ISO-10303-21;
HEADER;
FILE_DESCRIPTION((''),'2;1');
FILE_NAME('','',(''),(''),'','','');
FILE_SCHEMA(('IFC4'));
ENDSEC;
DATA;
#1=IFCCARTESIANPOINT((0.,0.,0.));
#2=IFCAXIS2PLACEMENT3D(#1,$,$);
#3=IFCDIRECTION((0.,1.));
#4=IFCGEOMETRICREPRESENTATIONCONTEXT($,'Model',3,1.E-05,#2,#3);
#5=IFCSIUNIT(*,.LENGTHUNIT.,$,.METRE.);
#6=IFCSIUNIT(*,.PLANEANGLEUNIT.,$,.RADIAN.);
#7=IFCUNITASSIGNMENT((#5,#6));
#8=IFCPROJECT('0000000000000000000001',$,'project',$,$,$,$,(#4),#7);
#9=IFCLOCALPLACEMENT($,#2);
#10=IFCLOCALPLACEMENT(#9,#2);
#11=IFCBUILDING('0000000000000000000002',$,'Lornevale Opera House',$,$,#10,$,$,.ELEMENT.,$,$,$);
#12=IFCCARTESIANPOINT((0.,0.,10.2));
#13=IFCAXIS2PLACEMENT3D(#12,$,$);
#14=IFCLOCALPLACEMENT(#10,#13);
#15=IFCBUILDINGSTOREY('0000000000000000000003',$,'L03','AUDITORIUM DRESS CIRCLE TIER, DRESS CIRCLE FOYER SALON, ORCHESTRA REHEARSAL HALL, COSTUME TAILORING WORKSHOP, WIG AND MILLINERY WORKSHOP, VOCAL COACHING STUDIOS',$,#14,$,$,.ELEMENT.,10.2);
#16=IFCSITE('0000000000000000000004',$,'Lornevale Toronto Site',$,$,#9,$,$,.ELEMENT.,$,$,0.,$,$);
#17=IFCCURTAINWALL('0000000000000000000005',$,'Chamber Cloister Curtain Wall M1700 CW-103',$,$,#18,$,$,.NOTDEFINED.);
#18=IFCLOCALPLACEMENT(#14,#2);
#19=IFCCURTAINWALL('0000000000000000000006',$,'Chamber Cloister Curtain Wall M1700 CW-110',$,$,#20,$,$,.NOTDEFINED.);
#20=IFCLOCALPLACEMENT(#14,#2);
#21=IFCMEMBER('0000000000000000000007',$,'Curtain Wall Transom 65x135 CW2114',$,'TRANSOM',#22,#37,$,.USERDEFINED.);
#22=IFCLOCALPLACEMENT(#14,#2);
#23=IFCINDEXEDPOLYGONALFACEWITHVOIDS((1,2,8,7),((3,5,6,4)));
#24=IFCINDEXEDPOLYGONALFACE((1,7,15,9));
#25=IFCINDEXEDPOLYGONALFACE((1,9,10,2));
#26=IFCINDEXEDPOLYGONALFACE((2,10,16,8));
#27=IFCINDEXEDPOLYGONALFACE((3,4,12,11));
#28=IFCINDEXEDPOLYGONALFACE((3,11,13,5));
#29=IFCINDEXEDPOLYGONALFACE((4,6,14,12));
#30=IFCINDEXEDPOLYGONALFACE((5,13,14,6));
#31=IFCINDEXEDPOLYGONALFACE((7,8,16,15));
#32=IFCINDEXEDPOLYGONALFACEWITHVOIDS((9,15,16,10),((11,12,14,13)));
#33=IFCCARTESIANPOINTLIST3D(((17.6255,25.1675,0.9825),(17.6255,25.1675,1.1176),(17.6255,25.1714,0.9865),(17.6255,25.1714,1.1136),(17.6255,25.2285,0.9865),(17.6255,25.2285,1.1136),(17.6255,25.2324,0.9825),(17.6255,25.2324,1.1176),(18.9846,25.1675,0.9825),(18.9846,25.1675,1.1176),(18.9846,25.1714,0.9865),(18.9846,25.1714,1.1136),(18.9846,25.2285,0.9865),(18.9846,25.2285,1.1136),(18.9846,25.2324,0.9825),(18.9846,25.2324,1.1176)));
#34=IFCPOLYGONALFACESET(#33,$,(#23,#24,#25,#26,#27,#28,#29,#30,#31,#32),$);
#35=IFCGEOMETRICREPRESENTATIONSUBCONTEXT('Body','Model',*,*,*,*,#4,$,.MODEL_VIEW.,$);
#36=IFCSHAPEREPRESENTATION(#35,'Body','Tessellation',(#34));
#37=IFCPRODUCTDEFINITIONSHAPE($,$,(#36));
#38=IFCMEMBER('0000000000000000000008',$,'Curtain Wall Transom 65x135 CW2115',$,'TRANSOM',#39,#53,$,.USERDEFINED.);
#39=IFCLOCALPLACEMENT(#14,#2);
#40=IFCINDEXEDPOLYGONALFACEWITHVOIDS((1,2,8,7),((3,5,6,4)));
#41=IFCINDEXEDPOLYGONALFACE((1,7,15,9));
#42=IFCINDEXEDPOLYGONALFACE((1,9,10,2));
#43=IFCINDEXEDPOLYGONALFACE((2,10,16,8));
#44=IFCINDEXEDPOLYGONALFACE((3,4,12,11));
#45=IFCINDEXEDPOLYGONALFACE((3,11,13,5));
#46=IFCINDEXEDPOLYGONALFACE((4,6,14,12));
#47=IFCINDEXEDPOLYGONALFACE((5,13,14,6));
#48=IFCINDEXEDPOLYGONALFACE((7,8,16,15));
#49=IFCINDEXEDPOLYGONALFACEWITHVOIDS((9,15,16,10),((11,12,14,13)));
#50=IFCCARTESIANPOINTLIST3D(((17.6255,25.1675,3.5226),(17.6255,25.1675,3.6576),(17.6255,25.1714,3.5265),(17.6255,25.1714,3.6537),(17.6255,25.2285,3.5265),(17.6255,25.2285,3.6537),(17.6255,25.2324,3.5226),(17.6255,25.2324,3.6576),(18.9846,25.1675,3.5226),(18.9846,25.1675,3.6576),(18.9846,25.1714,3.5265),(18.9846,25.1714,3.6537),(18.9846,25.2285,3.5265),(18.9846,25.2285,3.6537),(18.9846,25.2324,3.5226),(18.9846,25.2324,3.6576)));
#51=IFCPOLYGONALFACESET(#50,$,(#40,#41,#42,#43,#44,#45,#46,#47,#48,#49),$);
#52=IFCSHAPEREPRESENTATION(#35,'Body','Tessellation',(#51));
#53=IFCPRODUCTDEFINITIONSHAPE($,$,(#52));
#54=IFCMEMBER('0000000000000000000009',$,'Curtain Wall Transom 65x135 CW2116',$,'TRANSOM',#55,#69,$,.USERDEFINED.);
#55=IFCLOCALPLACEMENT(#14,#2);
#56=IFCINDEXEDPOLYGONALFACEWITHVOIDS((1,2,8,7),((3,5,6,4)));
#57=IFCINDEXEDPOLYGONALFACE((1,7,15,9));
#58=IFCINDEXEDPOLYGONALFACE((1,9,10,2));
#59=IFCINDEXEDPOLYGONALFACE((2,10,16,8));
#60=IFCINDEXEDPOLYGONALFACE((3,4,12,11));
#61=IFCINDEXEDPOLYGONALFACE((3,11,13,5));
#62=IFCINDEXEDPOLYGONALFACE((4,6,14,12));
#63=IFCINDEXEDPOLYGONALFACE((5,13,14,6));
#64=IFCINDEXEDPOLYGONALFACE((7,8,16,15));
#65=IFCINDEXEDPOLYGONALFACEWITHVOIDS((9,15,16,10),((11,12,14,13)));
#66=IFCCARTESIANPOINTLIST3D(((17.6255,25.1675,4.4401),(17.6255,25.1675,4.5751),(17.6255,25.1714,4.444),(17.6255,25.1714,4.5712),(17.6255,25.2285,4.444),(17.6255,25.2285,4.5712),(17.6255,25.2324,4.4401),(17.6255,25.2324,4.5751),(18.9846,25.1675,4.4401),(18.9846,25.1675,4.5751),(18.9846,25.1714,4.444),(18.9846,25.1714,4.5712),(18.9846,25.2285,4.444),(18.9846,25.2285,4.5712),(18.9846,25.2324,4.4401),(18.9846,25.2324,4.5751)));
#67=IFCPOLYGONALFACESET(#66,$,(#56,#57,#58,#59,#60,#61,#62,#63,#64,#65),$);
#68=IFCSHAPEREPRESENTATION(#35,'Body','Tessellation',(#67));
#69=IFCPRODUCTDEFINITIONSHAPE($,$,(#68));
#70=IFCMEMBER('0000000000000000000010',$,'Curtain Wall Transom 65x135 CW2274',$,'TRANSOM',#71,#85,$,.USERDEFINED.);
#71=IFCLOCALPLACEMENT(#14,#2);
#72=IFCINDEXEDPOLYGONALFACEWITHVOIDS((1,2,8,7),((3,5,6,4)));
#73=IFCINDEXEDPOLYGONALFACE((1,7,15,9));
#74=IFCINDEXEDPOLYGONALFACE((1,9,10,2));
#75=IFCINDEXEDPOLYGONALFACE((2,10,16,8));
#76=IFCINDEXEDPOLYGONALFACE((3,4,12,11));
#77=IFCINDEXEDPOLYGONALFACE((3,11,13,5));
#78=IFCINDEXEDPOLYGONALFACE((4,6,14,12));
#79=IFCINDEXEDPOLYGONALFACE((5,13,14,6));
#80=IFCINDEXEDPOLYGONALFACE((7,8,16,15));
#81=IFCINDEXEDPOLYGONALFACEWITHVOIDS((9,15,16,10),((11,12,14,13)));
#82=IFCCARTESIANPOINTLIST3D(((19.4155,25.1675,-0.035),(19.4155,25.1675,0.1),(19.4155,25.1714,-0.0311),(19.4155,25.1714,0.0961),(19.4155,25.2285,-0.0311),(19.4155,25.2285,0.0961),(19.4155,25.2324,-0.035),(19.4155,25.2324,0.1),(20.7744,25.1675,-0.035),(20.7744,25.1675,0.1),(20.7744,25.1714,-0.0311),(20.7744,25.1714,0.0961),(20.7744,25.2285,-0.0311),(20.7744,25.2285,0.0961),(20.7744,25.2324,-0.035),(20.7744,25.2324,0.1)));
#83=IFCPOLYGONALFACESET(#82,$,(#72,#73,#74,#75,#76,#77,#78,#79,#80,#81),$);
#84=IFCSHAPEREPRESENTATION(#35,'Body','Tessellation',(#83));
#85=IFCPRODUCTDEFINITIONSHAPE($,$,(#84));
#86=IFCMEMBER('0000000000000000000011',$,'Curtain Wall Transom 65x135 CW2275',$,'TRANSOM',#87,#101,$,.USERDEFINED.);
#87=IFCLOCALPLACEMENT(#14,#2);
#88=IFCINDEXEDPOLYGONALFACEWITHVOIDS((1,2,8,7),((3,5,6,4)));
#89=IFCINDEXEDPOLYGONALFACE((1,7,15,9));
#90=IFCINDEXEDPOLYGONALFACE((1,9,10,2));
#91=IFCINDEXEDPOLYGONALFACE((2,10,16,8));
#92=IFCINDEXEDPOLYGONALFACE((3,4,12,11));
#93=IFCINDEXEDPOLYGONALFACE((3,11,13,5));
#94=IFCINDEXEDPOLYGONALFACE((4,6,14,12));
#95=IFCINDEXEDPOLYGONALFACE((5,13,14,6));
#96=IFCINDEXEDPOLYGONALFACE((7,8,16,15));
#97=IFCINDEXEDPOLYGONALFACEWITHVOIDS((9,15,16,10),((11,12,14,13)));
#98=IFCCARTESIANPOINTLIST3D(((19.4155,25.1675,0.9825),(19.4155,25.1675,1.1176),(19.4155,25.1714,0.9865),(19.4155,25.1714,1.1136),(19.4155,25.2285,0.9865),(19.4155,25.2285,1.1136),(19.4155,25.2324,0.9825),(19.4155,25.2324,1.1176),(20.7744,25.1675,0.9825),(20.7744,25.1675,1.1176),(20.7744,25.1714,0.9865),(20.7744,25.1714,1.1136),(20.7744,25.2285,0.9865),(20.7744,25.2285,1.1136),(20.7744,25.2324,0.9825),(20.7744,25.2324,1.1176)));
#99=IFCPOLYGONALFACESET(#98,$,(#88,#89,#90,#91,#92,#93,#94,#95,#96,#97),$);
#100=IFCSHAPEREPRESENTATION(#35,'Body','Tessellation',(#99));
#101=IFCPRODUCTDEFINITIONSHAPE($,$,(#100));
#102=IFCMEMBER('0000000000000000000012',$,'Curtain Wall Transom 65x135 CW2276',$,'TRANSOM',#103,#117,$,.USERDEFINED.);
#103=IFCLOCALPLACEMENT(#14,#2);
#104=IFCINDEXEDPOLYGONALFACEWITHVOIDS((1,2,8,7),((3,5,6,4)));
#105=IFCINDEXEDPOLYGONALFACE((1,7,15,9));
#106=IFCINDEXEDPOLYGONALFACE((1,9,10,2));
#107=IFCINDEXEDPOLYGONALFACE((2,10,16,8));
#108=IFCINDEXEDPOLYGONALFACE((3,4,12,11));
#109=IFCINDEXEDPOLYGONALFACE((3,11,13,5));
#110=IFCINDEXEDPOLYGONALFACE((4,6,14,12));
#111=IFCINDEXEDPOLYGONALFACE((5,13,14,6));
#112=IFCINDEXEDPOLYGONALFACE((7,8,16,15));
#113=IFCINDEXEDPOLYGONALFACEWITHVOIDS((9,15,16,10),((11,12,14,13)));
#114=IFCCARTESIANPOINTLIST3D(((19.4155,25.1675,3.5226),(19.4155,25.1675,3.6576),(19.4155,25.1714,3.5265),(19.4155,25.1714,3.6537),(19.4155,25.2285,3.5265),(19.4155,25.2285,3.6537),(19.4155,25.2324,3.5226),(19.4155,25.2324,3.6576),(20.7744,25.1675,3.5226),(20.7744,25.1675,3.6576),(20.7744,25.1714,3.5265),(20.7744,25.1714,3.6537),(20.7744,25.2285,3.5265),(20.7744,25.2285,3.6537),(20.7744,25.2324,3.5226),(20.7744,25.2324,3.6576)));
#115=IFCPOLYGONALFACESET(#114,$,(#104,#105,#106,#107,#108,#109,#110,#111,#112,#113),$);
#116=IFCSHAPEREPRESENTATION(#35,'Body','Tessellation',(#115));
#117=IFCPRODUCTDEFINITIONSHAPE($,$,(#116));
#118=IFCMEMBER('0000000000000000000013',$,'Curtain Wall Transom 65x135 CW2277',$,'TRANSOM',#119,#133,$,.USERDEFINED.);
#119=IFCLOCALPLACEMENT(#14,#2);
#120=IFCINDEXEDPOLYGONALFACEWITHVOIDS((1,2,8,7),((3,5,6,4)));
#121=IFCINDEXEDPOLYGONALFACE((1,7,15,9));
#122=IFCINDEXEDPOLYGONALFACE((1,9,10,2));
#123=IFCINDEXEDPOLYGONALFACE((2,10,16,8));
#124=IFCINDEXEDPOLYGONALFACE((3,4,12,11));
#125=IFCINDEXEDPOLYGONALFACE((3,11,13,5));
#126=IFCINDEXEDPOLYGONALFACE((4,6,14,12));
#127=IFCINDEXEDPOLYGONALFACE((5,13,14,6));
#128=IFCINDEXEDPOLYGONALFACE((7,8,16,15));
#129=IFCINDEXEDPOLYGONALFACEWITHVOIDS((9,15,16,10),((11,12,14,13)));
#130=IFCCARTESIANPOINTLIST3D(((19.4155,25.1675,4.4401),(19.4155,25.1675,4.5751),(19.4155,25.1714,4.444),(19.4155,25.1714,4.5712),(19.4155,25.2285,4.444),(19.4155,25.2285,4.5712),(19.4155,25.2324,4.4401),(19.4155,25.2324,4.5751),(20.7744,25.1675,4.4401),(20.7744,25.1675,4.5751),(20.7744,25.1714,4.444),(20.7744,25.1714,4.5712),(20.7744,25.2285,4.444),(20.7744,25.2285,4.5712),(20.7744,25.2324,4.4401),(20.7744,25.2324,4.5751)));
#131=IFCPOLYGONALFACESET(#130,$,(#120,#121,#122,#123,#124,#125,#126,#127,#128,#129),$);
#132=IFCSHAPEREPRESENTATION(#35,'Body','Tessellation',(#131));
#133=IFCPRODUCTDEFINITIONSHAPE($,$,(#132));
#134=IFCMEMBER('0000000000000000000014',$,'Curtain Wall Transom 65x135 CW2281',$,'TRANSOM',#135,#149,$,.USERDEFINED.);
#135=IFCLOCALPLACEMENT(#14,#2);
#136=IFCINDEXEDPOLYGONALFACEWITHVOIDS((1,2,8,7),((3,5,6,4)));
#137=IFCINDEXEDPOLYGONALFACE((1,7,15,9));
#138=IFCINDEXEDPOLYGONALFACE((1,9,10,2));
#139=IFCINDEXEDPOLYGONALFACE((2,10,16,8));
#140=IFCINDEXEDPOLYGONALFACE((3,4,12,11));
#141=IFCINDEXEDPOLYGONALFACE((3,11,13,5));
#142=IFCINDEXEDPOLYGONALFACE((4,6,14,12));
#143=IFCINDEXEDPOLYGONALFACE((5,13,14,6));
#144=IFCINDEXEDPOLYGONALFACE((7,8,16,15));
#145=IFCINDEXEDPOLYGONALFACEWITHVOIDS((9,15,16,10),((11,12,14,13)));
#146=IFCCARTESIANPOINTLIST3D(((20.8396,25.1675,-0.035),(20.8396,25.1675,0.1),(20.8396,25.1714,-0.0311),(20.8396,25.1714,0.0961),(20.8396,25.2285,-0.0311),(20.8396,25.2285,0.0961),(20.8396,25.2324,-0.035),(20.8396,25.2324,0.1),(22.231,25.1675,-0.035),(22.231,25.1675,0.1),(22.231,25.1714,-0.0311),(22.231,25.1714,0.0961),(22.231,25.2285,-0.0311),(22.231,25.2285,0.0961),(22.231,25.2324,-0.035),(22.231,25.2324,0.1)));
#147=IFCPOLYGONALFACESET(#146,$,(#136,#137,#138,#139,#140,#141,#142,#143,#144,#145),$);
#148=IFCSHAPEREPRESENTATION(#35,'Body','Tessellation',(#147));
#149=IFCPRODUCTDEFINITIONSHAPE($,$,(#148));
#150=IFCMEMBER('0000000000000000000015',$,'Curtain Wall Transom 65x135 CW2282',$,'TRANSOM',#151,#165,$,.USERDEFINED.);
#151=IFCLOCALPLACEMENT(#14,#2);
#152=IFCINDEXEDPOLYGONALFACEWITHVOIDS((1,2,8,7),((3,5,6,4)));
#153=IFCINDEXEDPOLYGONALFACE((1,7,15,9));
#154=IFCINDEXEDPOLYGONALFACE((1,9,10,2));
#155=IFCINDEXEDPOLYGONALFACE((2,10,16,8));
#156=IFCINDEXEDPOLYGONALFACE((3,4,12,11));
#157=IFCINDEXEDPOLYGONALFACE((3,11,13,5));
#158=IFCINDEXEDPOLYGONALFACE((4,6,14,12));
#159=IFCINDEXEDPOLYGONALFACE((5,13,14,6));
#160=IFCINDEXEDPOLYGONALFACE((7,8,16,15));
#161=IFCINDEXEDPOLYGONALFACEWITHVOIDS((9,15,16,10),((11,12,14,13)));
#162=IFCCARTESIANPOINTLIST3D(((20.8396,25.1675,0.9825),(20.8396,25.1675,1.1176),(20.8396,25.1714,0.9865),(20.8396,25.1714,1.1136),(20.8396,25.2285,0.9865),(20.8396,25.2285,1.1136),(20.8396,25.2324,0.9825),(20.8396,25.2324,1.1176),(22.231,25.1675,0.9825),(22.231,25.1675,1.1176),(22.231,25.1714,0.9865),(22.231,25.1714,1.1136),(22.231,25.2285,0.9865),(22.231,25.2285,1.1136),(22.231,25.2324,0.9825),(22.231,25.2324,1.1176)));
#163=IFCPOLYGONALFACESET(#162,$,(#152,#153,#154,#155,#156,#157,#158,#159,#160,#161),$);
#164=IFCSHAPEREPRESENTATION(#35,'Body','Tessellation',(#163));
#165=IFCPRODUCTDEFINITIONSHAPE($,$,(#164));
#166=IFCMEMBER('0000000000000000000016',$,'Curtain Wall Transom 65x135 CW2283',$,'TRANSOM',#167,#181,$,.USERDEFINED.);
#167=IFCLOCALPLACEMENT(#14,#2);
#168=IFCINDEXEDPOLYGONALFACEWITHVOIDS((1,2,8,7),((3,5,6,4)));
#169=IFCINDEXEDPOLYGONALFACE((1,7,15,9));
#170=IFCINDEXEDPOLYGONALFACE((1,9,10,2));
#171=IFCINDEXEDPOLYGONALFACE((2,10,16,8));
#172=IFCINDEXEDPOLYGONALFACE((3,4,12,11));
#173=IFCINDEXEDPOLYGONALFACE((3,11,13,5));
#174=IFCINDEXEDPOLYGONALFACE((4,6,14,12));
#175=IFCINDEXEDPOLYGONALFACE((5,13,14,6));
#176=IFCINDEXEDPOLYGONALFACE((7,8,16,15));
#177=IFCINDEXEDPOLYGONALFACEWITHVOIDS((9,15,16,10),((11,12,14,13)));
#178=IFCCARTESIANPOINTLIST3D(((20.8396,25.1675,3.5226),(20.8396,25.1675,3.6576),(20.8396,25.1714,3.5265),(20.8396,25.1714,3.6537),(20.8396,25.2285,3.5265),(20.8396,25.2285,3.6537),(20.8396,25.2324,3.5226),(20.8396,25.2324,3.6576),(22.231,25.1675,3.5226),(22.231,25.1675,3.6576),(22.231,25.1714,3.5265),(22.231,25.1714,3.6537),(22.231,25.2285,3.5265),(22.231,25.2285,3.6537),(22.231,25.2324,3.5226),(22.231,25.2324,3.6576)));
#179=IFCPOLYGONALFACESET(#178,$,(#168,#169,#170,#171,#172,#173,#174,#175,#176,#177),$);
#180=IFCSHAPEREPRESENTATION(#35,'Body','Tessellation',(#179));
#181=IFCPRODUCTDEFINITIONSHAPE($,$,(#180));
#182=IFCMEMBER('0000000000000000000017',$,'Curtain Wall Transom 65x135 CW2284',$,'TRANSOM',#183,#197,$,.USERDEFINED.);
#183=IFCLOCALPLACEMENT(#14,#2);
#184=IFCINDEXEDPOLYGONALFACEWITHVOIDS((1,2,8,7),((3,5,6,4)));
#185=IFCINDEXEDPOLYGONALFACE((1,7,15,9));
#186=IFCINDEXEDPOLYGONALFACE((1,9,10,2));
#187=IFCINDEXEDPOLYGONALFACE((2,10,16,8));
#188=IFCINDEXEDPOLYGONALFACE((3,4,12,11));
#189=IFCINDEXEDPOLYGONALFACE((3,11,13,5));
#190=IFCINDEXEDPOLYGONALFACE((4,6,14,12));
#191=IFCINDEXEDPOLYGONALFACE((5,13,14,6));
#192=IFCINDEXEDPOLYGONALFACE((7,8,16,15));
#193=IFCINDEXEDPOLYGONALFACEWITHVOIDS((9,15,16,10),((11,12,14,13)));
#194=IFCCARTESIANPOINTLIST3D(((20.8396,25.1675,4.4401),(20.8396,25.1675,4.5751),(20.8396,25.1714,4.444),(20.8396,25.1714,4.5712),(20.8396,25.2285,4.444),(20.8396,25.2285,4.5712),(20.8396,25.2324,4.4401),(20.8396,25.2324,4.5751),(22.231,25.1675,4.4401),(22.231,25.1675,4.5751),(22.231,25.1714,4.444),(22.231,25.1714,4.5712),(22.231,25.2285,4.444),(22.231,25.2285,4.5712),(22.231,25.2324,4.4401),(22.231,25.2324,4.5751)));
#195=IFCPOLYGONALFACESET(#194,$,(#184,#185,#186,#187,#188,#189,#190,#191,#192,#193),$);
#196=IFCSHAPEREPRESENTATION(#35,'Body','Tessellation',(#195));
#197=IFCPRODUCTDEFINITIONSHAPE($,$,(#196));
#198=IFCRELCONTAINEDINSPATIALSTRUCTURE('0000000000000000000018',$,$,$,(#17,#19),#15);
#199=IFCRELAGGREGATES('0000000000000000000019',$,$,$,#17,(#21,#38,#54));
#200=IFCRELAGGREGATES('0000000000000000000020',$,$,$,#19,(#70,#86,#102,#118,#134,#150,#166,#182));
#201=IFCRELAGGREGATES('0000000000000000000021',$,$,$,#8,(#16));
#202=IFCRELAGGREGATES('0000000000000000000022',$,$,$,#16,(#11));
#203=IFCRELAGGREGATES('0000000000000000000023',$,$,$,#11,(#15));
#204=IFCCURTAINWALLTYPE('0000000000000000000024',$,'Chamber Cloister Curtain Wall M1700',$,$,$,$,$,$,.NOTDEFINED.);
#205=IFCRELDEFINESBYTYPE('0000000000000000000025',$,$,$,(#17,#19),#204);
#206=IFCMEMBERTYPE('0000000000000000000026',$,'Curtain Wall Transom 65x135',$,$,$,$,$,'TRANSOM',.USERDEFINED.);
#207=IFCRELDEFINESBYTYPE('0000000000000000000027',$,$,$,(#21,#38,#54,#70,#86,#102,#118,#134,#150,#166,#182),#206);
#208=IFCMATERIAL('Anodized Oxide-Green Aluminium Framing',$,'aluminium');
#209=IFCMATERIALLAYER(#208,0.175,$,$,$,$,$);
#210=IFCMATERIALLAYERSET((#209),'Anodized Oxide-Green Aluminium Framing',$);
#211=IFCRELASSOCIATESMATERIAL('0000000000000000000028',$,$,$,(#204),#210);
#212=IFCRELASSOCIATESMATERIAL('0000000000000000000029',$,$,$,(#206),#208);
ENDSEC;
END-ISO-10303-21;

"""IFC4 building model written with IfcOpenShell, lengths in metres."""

from ifc_helpers import new_model, si_unit, direction, frame, origin, origin_2d, place, context, subcontext, project, spatial, hollow_rectangle, extrude, material, layer, layer_set, material_profile, profile_set, type_object, element, aggregate, save


model = new_model("IFC4")

# Units and contexts
model_context = context("Model", 3, precision=1e-05, world=origin(), true_north=direction((0.0, 1.0)))
body_context = subcontext(model_context, "Body", "Model", "MODEL_VIEW")
ifc_project = project(units=[si_unit("LENGTHUNIT", "METRE"), si_unit("PLANEANGLEUNIT", "RADIAN")], contexts=[model_context])

# Site, building, storey
site_placement = place(None, origin())
site = spatial("IfcSite", under=ifc_project, at=site_placement, Name="Lornevale Toronto Site", CompositionType="ELEMENT", RefElevation=0.0)
building_placement = place(site_placement, origin())
building = spatial("IfcBuilding", under=site, at=building_placement, Name="Lornevale Opera House", CompositionType="ELEMENT")
storey_placement = place(building_placement, frame((0.0, 0.0, 10.2)))
storey = spatial("IfcBuildingStorey", under=building, at=storey_placement, Name="L03", Description="AUDITORIUM DRESS CIRCLE TIER, DRESS CIRCLE FOYER SALON, ORCHESTRA REHEARSAL HALL, COSTUME TAILORING WORKSHOP, WIG AND MILLINERY WORKSHOP, VOCAL COACHING STUDIOS", CompositionType="ELEMENT", Elevation=10.2)

# Curtain walls
ifc_material_1 = material(Name="Anodized Oxide-Green Aluminium Framing", Category="aluminium")
ifc_layer_1 = layer(ifc_material_1, 0.175)
ifc_layer_set_1 = layer_set([ifc_layer_1], Name="Anodized Oxide-Green Aluminium Framing")
curtain_wall_type = type_object("IfcCurtainWallType", Name="Chamber Cloister Curtain Wall M1700", PredefinedType="NOTDEFINED", material=ifc_layer_set_1)
curtain_wall_1_placement = place(storey_placement, origin())
curtain_wall_1 = element("IfcCurtainWall", 1, at=curtain_wall_1_placement, inside=storey, type_object=curtain_wall_type, Name="Chamber Cloister Curtain Wall M1700 CW-103", PredefinedType="NOTDEFINED")
curtain_wall_2_placement = place(storey_placement, origin())
curtain_wall_2 = element("IfcCurtainWall", 2, at=curtain_wall_2_placement, inside=storey, type_object=curtain_wall_type, Name="Chamber Cloister Curtain Wall M1700 CW-110", PredefinedType="NOTDEFINED")

# Members
ifc_material_profile_1 = material_profile(ifc_material_1, hollow_rectangle(XDim=0.0649, YDim=0.135, WallThickness=0.0039, at=origin_2d()), Name="ALU65x135x4")
ifc_profile_set_1 = profile_set([ifc_material_profile_1], Name="Anodized Oxide-Green Aluminium Framing")
member_type_1 = type_object("IfcMemberType", Name="Curtain Wall Transom 65x135", ElementType="TRANSOM", PredefinedType="USERDEFINED", material=ifc_profile_set_1)
member_1_placement = place(storey_placement, frame((17.6255, 25.2, 1.05), z_axis=(1.0, 0.0, 0.0), x_axis=(0.0, 1.0, 0.0)))
member_1 = element("IfcMember", 3, at=member_1_placement, type_object=member_type_1, Name="Curtain Wall Transom 65x135 CW2114", ObjectType="TRANSOM", PredefinedType="USERDEFINED", context=body_context, shape_type="SweptSolid", body=[
    extrude(hollow_rectangle(XDim=0.0649, YDim=0.135, WallThickness=0.0039, at=origin_2d()), origin(), (0.0, 0.0, 1.0), 1.3591),
])
member_2_placement = place(storey_placement, frame((17.6255, 25.2, 3.5901), z_axis=(1.0, 0.0, 0.0), x_axis=(0.0, 1.0, 0.0)))
member_2 = element("IfcMember", 4, at=member_2_placement, type_object=member_type_1, Name="Curtain Wall Transom 65x135 CW2115", ObjectType="TRANSOM", PredefinedType="USERDEFINED", context=body_context, shape_type="SweptSolid", body=[
    extrude(hollow_rectangle(XDim=0.0649, YDim=0.135, WallThickness=0.0039, at=origin_2d()), origin(), (0.0, 0.0, 1.0), 1.3591),
])
member_3_placement = place(storey_placement, frame((17.6255, 25.2, 4.5076), z_axis=(1.0, 0.0, 0.0), x_axis=(0.0, 1.0, 0.0)))
member_3 = element("IfcMember", 5, at=member_3_placement, type_object=member_type_1, Name="Curtain Wall Transom 65x135 CW2116", ObjectType="TRANSOM", PredefinedType="USERDEFINED", context=body_context, shape_type="SweptSolid", body=[
    extrude(hollow_rectangle(XDim=0.0649, YDim=0.135, WallThickness=0.0039, at=origin_2d()), origin(), (0.0, 0.0, 1.0), 1.3591),
])
member_4_placement = place(storey_placement, frame((19.4155, 25.2, 0.0325), z_axis=(1.0, 0.0, 0.0), x_axis=(0.0, 1.0, 0.0)))
member_4 = element("IfcMember", 6, at=member_4_placement, type_object=member_type_1, Name="Curtain Wall Transom 65x135 CW2274", ObjectType="TRANSOM", PredefinedType="USERDEFINED", context=body_context, shape_type="SweptSolid", body=[
    extrude(hollow_rectangle(XDim=0.0649, YDim=0.135, WallThickness=0.0039, at=origin_2d()), origin(), (0.0, 0.0, 1.0), 1.3589),
])
member_5_placement = place(storey_placement, frame((19.4155, 25.2, 1.05), z_axis=(1.0, 0.0, 0.0), x_axis=(0.0, 1.0, 0.0)))
member_5 = element("IfcMember", 7, at=member_5_placement, type_object=member_type_1, Name="Curtain Wall Transom 65x135 CW2275", ObjectType="TRANSOM", PredefinedType="USERDEFINED", context=body_context, shape_type="SweptSolid", body=[
    extrude(hollow_rectangle(XDim=0.0649, YDim=0.135, WallThickness=0.0039, at=origin_2d()), origin(), (0.0, 0.0, 1.0), 1.3589),
])
member_6_placement = place(storey_placement, frame((19.4155, 25.2, 3.5901), z_axis=(1.0, 0.0, 0.0), x_axis=(0.0, 1.0, 0.0)))
member_6 = element("IfcMember", 8, at=member_6_placement, type_object=member_type_1, Name="Curtain Wall Transom 65x135 CW2276", ObjectType="TRANSOM", PredefinedType="USERDEFINED", context=body_context, shape_type="SweptSolid", body=[
    extrude(hollow_rectangle(XDim=0.0649, YDim=0.135, WallThickness=0.0039, at=origin_2d()), origin(), (0.0, 0.0, 1.0), 1.3589),
])
member_7_placement = place(storey_placement, frame((19.4155, 25.2, 4.5076), z_axis=(1.0, 0.0, 0.0), x_axis=(0.0, 1.0, 0.0)))
member_7 = element("IfcMember", 9, at=member_7_placement, type_object=member_type_1, Name="Curtain Wall Transom 65x135 CW2277", ObjectType="TRANSOM", PredefinedType="USERDEFINED", context=body_context, shape_type="SweptSolid", body=[
    extrude(hollow_rectangle(XDim=0.0649, YDim=0.135, WallThickness=0.0039, at=origin_2d()), origin(), (0.0, 0.0, 1.0), 1.3589),
])
member_8_placement = place(storey_placement, frame((20.8396, 25.2, 0.0325), z_axis=(1.0, 0.0, 0.0), x_axis=(0.0, 1.0, 0.0)))
member_8 = element("IfcMember", 10, at=member_8_placement, type_object=member_type_1, Name="Curtain Wall Transom 65x135 CW2281", ObjectType="TRANSOM", PredefinedType="USERDEFINED", context=body_context, shape_type="SweptSolid", body=[
    extrude(hollow_rectangle(XDim=0.0649, YDim=0.135, WallThickness=0.0039, at=origin_2d()), origin(), (0.0, 0.0, 1.0), 1.3914),
])
member_9_placement = place(storey_placement, frame((20.8396, 25.2, 1.05), z_axis=(1.0, 0.0, 0.0), x_axis=(0.0, 1.0, 0.0)))
member_9 = element("IfcMember", 11, at=member_9_placement, type_object=member_type_1, Name="Curtain Wall Transom 65x135 CW2282", ObjectType="TRANSOM", PredefinedType="USERDEFINED", context=body_context, shape_type="SweptSolid", body=[
    extrude(hollow_rectangle(XDim=0.0649, YDim=0.135, WallThickness=0.0039, at=origin_2d()), origin(), (0.0, 0.0, 1.0), 1.3914),
])
member_10_placement = place(storey_placement, frame((20.8396, 25.2, 3.5901), z_axis=(1.0, 0.0, 0.0), x_axis=(0.0, 1.0, 0.0)))
member_10 = element("IfcMember", 12, at=member_10_placement, type_object=member_type_1, Name="Curtain Wall Transom 65x135 CW2283", ObjectType="TRANSOM", PredefinedType="USERDEFINED", context=body_context, shape_type="SweptSolid", body=[
    extrude(hollow_rectangle(XDim=0.0649, YDim=0.135, WallThickness=0.0039, at=origin_2d()), origin(), (0.0, 0.0, 1.0), 1.3914),
])
member_11_placement = place(storey_placement, frame((20.8396, 25.2, 4.5076), z_axis=(1.0, 0.0, 0.0), x_axis=(0.0, 1.0, 0.0)))
member_11 = element("IfcMember", 13, at=member_11_placement, type_object=member_type_1, Name="Curtain Wall Transom 65x135 CW2284", ObjectType="TRANSOM", PredefinedType="USERDEFINED", context=body_context, shape_type="SweptSolid", body=[
    extrude(hollow_rectangle(XDim=0.0649, YDim=0.135, WallThickness=0.0039, at=origin_2d()), origin(), (0.0, 0.0, 1.0), 1.3914),
])

aggregate(curtain_wall_1, [member_1, member_2, member_3])
aggregate(curtain_wall_2, [member_4, member_5, member_6, member_7, member_8, member_9, member_10, member_11])

save(model, "model.ifc")
